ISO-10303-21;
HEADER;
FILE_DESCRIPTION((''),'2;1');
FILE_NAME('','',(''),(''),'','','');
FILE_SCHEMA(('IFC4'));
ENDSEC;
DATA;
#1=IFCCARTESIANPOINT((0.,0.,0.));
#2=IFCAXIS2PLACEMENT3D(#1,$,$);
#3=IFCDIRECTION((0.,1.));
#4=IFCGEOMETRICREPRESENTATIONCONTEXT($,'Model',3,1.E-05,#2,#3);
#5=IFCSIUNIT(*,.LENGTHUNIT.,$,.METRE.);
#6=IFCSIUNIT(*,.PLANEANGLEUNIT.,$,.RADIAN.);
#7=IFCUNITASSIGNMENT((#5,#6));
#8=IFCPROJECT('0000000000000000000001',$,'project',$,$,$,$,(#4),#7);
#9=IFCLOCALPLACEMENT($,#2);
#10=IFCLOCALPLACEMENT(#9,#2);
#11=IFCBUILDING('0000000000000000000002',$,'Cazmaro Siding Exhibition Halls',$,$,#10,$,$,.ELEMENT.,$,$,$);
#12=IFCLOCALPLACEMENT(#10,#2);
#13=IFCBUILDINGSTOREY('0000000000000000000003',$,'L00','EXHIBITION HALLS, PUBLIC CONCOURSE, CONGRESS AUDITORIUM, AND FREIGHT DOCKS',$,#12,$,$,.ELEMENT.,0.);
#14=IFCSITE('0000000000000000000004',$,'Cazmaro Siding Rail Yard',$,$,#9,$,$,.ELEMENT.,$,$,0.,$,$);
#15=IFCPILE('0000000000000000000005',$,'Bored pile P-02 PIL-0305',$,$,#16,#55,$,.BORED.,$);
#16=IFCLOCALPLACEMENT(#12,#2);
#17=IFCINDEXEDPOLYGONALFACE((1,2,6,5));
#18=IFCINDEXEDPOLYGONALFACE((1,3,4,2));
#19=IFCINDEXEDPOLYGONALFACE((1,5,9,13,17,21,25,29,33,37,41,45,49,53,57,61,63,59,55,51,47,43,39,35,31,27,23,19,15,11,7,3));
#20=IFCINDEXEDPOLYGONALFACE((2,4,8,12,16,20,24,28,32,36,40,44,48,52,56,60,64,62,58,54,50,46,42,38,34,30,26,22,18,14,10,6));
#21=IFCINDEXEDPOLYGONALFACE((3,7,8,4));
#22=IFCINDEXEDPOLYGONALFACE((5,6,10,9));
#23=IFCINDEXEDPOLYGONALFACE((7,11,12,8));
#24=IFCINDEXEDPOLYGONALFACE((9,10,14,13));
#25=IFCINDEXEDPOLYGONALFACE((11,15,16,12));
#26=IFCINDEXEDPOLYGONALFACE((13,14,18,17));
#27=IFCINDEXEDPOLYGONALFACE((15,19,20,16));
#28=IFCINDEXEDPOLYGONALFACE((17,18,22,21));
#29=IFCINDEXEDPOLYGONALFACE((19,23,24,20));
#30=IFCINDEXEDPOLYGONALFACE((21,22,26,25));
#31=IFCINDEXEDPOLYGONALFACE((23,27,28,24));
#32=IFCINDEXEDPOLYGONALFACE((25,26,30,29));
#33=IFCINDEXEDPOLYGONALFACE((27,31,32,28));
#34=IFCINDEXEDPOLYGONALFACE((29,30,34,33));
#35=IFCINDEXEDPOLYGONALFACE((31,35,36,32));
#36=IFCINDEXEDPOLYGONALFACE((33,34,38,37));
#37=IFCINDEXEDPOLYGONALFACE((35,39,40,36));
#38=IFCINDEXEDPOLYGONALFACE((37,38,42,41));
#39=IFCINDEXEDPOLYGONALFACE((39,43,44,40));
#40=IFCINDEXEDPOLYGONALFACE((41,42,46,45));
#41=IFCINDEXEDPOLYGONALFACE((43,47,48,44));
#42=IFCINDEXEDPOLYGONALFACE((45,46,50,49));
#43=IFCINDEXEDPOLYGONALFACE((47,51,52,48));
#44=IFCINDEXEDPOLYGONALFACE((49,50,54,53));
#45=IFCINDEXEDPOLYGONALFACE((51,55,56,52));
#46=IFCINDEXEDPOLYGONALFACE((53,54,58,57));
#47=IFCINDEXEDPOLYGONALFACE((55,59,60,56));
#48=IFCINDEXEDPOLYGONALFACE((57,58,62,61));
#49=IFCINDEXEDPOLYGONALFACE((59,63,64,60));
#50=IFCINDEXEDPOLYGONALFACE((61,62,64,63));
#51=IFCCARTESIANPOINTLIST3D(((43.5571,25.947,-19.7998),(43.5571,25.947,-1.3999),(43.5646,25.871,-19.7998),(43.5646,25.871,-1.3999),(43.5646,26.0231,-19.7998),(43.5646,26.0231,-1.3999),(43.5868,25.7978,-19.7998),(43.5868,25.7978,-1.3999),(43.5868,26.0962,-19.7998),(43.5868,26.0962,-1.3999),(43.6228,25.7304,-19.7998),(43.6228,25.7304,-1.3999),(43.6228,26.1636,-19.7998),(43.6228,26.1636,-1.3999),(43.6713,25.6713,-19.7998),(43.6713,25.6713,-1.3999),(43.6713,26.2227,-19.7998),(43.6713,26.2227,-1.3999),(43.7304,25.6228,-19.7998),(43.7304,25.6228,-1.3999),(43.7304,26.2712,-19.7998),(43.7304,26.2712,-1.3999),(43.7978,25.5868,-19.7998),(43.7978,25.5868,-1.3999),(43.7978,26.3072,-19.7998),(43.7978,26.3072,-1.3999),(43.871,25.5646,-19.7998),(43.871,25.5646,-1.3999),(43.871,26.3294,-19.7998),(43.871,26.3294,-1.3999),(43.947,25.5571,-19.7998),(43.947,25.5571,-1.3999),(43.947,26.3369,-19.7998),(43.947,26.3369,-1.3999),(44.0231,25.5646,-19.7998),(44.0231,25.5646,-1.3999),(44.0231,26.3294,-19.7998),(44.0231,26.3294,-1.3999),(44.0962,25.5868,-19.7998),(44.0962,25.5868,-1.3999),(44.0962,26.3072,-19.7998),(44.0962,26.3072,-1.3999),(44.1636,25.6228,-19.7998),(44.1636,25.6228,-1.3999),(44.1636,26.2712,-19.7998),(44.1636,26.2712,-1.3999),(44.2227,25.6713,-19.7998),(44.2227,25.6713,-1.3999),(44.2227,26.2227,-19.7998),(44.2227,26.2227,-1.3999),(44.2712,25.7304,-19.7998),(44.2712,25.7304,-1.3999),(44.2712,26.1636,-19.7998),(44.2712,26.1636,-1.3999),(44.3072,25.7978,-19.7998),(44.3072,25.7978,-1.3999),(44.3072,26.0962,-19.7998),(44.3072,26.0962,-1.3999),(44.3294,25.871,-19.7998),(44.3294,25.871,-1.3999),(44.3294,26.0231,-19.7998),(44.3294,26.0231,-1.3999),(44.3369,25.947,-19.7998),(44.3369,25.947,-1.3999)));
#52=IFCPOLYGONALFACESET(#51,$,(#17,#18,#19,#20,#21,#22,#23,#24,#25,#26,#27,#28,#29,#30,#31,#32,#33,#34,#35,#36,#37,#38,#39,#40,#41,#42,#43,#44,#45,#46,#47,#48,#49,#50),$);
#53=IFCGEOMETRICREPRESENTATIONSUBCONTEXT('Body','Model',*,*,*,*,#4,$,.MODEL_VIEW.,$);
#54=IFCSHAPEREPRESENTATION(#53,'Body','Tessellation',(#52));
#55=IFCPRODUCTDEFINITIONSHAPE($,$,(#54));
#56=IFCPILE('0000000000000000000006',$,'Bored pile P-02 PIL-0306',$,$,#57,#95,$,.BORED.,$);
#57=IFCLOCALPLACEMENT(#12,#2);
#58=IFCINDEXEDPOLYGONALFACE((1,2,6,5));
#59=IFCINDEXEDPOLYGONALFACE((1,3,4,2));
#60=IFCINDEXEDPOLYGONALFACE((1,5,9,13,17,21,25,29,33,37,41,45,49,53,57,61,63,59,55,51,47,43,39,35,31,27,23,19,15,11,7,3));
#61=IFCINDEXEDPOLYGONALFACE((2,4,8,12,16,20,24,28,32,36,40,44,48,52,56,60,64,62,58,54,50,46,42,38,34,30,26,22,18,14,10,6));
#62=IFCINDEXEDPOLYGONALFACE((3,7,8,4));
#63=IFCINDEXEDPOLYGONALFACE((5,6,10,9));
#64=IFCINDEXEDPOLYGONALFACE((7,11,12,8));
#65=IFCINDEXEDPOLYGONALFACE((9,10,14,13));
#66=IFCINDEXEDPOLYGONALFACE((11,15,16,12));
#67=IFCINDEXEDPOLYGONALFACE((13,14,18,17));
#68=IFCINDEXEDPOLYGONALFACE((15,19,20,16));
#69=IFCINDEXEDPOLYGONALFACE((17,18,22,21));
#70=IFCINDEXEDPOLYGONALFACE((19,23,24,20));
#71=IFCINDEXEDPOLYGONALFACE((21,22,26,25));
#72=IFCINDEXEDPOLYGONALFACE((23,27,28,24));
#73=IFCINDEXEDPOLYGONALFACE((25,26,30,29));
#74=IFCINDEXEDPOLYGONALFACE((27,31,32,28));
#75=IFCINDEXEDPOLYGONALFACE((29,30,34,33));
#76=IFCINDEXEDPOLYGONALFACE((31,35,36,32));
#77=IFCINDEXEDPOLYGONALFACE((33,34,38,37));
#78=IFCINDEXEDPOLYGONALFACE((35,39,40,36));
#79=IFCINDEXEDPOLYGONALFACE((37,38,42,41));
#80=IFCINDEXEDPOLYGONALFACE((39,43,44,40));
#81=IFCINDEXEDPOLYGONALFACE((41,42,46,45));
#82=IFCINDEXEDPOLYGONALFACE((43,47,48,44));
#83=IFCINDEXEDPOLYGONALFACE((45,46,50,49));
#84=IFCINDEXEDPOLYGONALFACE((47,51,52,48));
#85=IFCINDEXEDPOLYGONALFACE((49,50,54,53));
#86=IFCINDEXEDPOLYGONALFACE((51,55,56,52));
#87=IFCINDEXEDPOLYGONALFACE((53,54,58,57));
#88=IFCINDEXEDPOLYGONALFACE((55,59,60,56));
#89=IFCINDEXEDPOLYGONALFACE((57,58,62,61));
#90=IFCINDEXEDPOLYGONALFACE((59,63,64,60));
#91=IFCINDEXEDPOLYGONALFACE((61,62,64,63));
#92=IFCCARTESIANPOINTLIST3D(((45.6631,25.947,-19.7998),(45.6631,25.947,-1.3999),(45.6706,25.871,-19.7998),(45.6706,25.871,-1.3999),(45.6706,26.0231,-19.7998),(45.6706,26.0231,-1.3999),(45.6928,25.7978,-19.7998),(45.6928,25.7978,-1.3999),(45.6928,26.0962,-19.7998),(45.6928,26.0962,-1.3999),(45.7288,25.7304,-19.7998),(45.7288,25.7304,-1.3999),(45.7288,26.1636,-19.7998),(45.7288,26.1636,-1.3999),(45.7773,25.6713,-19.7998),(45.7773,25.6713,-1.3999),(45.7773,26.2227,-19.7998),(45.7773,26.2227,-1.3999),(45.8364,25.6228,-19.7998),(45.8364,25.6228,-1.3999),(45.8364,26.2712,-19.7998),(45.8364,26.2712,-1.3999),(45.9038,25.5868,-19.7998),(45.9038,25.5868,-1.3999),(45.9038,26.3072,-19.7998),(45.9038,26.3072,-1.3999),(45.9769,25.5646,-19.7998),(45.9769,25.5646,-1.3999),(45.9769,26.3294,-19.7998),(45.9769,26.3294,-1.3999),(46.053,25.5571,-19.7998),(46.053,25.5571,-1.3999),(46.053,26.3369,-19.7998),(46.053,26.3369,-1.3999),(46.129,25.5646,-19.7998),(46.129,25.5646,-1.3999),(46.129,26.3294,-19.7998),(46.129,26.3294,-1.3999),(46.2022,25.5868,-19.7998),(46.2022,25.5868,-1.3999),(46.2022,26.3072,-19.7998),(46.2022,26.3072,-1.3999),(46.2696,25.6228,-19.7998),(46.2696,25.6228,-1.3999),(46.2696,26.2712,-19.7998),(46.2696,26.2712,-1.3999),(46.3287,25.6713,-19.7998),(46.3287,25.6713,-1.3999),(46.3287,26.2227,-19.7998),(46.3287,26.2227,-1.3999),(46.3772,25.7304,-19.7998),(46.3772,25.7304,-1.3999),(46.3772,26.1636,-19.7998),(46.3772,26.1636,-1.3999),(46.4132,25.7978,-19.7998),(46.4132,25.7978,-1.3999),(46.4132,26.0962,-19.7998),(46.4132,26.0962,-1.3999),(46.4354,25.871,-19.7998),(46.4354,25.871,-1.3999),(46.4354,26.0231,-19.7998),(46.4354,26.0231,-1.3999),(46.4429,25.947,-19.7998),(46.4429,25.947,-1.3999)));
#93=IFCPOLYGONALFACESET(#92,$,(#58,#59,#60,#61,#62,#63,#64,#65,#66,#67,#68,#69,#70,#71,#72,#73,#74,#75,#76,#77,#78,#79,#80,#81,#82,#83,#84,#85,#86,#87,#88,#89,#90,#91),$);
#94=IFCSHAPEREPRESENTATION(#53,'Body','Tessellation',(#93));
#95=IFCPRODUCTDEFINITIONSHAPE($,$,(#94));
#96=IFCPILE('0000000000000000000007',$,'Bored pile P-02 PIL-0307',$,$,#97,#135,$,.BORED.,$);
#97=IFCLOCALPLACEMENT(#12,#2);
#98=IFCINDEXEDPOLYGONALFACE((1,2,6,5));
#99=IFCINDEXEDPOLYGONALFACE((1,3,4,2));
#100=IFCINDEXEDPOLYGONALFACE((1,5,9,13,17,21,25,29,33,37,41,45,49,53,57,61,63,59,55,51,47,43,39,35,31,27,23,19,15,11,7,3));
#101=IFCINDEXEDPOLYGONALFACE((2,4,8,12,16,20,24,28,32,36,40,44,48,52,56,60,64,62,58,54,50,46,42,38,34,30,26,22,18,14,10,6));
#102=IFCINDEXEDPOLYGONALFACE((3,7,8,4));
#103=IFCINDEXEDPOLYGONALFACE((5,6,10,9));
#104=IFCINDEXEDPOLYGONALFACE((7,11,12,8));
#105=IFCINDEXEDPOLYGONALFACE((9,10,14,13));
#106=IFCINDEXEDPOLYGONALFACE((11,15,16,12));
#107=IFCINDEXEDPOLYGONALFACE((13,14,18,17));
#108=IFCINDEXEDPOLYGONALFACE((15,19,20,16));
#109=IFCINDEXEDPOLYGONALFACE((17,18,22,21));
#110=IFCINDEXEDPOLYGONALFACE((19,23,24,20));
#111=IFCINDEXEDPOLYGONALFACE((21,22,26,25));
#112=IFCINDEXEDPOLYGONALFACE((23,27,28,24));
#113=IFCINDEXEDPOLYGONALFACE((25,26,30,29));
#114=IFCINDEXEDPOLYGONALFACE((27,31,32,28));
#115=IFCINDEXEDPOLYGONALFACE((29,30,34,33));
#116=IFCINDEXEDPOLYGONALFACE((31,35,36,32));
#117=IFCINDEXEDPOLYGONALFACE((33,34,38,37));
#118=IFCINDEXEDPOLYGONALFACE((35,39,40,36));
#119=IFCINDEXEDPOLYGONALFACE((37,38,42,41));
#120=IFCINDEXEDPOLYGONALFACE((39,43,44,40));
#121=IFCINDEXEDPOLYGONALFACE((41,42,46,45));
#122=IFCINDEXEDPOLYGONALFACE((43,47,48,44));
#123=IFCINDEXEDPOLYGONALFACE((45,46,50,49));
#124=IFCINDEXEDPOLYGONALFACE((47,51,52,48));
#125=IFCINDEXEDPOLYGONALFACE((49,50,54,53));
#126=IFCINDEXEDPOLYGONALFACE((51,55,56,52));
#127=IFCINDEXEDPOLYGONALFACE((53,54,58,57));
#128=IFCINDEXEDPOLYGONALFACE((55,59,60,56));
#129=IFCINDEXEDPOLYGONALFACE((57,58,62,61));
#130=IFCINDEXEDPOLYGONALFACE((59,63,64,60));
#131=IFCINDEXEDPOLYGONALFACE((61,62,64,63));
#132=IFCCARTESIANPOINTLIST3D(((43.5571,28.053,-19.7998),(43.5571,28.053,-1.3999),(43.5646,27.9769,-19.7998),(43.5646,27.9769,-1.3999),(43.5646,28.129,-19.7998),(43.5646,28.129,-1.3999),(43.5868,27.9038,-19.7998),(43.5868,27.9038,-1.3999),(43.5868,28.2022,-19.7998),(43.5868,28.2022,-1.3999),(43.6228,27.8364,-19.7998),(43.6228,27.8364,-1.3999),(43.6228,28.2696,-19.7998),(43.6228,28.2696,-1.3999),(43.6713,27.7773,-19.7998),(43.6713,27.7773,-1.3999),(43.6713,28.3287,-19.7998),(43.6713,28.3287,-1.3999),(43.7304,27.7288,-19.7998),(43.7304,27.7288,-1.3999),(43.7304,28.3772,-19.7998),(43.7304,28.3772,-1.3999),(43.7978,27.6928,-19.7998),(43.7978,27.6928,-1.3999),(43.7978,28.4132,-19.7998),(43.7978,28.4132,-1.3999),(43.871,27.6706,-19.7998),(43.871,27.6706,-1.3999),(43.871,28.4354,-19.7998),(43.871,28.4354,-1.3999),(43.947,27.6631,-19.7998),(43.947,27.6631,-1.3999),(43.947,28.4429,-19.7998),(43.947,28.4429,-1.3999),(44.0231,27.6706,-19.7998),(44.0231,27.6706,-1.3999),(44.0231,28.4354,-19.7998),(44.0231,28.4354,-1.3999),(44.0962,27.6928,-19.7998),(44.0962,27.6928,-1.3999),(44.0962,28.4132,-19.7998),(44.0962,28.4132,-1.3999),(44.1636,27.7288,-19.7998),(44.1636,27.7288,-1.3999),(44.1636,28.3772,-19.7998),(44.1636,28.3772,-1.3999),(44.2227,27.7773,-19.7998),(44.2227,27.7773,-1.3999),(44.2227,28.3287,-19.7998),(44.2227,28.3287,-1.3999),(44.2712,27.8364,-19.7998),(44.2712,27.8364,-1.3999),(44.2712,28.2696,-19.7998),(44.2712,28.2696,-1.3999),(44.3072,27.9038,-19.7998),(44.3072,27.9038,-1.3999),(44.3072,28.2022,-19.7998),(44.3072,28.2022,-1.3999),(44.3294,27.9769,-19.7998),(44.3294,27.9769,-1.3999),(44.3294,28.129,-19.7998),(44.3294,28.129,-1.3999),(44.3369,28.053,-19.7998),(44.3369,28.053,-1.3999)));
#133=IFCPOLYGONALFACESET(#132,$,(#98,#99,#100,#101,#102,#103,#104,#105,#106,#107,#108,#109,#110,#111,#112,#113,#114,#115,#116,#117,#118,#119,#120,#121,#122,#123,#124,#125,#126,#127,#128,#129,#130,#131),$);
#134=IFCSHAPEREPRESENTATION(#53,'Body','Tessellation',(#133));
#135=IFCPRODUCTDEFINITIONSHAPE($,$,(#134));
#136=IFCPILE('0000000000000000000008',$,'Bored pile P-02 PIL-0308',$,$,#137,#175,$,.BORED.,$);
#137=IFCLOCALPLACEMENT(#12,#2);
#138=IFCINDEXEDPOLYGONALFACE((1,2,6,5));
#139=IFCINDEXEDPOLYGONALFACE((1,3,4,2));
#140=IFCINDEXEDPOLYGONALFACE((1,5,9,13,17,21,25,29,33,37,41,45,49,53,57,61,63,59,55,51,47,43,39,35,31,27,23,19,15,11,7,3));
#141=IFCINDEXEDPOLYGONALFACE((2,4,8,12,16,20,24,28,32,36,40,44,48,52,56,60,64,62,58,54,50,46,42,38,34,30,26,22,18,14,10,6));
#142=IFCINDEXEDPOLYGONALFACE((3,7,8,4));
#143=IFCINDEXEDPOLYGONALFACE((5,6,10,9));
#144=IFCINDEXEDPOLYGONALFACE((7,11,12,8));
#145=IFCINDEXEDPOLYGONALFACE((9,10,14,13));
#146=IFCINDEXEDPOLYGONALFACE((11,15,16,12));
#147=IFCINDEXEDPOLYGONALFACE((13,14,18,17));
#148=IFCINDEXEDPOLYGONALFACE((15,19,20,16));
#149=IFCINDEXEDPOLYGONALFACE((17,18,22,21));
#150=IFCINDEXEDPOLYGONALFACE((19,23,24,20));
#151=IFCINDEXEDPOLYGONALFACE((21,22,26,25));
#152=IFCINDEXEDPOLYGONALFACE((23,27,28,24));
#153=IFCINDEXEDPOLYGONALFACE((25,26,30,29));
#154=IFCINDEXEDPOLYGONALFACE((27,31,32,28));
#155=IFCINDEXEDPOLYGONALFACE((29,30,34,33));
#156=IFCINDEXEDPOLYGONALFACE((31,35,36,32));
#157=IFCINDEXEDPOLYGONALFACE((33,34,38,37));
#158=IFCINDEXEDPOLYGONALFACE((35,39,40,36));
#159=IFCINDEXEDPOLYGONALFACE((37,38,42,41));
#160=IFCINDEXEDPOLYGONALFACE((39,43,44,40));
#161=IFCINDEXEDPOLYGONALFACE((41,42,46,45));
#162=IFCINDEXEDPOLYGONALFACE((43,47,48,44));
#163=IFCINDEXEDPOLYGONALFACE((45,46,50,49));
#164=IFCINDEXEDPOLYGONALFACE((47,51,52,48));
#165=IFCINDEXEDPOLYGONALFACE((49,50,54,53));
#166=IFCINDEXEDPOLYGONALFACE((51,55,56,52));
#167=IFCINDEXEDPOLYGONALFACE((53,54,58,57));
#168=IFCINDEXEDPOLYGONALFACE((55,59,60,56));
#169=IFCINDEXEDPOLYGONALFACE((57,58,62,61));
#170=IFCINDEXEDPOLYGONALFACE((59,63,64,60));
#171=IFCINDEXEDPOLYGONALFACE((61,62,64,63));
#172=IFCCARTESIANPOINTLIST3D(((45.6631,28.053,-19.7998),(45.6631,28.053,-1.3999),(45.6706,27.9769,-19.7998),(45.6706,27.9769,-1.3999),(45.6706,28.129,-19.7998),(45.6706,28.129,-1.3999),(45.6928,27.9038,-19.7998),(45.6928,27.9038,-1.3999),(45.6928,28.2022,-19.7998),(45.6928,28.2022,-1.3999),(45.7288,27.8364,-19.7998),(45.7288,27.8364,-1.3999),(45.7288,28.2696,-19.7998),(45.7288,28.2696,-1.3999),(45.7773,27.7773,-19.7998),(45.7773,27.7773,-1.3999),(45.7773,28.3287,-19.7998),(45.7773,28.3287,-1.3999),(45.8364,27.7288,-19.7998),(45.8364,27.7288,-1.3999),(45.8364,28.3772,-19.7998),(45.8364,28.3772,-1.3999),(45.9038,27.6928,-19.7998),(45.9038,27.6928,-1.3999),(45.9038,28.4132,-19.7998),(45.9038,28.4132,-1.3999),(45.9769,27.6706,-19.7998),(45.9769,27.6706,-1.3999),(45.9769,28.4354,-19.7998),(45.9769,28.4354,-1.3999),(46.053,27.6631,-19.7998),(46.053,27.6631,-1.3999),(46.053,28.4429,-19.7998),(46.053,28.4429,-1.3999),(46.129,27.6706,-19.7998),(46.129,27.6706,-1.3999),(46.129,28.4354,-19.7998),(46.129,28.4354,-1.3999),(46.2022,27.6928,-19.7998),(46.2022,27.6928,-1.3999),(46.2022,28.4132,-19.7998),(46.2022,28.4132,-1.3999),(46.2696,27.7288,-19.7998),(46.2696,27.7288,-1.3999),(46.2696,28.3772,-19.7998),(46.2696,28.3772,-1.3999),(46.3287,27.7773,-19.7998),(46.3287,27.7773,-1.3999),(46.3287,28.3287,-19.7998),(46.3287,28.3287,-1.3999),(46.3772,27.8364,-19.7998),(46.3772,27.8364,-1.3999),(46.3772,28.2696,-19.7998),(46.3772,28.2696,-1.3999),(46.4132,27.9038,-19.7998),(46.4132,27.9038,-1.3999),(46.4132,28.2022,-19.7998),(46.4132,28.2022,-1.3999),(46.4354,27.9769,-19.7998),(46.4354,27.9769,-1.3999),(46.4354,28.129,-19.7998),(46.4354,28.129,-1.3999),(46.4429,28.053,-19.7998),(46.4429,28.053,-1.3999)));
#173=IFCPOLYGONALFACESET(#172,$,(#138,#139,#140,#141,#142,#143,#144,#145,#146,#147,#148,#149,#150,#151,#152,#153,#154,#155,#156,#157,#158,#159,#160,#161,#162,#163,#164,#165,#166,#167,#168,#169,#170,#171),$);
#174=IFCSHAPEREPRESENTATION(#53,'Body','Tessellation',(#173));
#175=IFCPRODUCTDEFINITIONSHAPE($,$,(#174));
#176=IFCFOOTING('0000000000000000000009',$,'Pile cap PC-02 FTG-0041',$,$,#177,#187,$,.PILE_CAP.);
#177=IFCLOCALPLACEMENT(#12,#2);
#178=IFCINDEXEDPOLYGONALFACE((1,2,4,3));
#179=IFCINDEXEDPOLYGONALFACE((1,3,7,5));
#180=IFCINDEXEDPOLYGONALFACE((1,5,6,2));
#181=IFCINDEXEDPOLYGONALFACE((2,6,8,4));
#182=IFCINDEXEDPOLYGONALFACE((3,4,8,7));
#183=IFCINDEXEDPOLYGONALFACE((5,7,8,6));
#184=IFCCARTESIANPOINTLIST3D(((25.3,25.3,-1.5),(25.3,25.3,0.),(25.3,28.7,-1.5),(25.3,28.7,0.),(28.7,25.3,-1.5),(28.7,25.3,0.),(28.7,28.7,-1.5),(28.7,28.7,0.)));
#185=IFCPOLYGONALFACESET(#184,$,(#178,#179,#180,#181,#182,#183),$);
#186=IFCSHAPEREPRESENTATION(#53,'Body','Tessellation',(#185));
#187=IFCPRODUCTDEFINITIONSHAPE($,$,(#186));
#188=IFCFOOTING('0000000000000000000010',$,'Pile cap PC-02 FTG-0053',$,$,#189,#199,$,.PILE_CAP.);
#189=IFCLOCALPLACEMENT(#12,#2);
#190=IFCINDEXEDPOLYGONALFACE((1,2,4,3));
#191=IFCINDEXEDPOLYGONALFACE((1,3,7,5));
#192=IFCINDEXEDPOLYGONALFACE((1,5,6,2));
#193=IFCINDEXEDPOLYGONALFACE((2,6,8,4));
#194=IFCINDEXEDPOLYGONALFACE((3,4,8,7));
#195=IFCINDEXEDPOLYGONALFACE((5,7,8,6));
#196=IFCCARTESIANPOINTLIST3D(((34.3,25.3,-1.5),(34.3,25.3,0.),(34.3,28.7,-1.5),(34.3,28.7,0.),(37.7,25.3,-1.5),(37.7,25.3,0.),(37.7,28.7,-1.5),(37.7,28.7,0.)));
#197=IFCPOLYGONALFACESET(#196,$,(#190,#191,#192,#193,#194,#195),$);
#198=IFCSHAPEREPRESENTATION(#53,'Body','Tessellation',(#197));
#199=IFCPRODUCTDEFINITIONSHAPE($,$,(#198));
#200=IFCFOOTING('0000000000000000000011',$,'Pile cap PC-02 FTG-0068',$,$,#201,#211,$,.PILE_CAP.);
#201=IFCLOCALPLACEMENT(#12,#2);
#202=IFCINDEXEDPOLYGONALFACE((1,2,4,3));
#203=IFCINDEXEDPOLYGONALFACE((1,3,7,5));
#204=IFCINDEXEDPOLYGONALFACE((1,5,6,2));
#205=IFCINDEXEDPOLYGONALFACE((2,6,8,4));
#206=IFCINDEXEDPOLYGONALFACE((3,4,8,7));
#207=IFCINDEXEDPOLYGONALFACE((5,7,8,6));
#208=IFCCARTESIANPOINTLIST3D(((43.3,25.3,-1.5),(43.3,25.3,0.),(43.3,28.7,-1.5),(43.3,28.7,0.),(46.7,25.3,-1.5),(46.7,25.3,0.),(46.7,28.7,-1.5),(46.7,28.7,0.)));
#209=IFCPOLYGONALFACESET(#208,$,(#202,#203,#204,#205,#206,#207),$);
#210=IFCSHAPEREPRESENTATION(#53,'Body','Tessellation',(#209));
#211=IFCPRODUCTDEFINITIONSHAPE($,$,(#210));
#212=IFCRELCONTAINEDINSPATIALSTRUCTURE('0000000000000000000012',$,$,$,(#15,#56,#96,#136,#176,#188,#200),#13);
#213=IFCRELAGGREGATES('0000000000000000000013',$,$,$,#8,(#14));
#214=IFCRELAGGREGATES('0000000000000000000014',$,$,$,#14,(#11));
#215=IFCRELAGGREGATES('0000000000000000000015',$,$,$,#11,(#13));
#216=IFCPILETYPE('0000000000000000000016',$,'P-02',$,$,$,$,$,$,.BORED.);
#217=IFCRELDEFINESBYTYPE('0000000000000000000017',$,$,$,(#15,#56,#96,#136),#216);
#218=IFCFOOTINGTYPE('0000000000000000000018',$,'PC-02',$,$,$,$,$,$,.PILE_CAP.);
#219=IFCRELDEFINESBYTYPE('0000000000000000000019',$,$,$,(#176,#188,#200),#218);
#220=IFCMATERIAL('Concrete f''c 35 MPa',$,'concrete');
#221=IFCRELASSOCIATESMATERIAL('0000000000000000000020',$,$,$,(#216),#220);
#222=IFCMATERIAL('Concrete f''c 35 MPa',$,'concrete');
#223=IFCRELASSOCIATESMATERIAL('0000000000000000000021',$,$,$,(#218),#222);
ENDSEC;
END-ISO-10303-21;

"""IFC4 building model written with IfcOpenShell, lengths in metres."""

from ifc_helpers import new_model, si_unit, direction, frame, origin, origin_2d, place, context, subcontext, project, spatial, rectangle, circle, extrude, material, material_profile, profile_set, type_object, element, save


model = new_model("IFC4")

# Units and contexts
model_context = context("Model", 3, precision=1e-05, world=origin(), true_north=direction((0.0, 1.0)))
body_context = subcontext(model_context, "Body", "Model", "MODEL_VIEW")
ifc_project = project(units=[si_unit("LENGTHUNIT", "METRE"), si_unit("PLANEANGLEUNIT", "RADIAN")], contexts=[model_context])

# Site, building, storey
site_placement = place(None, origin())
site = spatial("IfcSite", under=ifc_project, at=site_placement, Name="Cazmaro Siding Rail Yard", CompositionType="ELEMENT", RefElevation=0.0)
building_placement = place(site_placement, origin())
building = spatial("IfcBuilding", under=site, at=building_placement, Name="Cazmaro Siding Exhibition Halls", CompositionType="ELEMENT")
storey_placement = place(building_placement, origin())
storey = spatial("IfcBuildingStorey", under=building, at=storey_placement, Name="L00", Description="EXHIBITION HALLS, PUBLIC CONCOURSE, CONGRESS AUDITORIUM, AND FREIGHT DOCKS", CompositionType="ELEMENT", Elevation=0.0)

# Piles
ifc_material_1 = material(Name="Concrete f'c 35 MPa", Category="concrete")
ifc_material_profile_1 = material_profile(ifc_material_1, circle(Radius=0.3899, at=origin_2d()), Name="CIDH-780")
ifc_profile_set_1 = profile_set([ifc_material_profile_1], Name="Concrete f'c 35 MPa")
pile_type = type_object("IfcPileType", Name="P-02", PredefinedType="BORED", material=ifc_profile_set_1)
for number, where, z_axis, x_axis, name in (
    (1, (43.947, 25.947, -1.3999), (0.0, 0.0, -1.0), (1.0, 0.0, 0.0), "Bored pile P-02 PIL-0305"),
    (2, (46.053, 25.947, -1.3999), (0.0, 0.0, -1.0), (1.0, 0.0, 0.0), "Bored pile P-02 PIL-0306"),
    (3, (43.947, 28.053, -1.3999), (0.0, 0.0, -1.0), (1.0, 0.0, 0.0), "Bored pile P-02 PIL-0307"),
    (4, (46.053, 28.053, -1.3999), (0.0, 0.0, -1.0), (1.0, 0.0, 0.0), "Bored pile P-02 PIL-0308"),
):
    element("IfcPile", number, at=place(storey_placement, frame(where, z_axis=z_axis, x_axis=x_axis)), inside=storey, type_object=pile_type, Name=name, PredefinedType="BORED", context=body_context, shape_type="SweptSolid", body=[
        extrude(circle(Radius=0.3899, at=origin_2d()), origin(), (0.0, 0.0, 1.0), 18.3999),
    ])

# Footings
ifc_material_2 = material(Name="Concrete f'c 35 MPa", Category="concrete")
footing_type = type_object("IfcFootingType", Name="PC-02", PredefinedType="PILE_CAP", material=ifc_material_2)
for number, where, z_axis, x_axis, name in (
    (5, (27.0, 27.0, -1.5), (0.0, 0.0, 1.0), (1.0, 0.0, 0.0), "Pile cap PC-02 FTG-0041"),
    (6, (36.0, 27.0, -1.5), (0.0, 0.0, 1.0), (1.0, 0.0, 0.0), "Pile cap PC-02 FTG-0053"),
    (7, (45.0, 27.0, -1.5), (0.0, 0.0, 1.0), (1.0, 0.0, 0.0), "Pile cap PC-02 FTG-0068"),
):
    element("IfcFooting", number, at=place(storey_placement, frame(where, z_axis=z_axis, x_axis=x_axis)), inside=storey, type_object=footing_type, Name=name, PredefinedType="PILE_CAP", context=body_context, shape_type="SweptSolid", body=[
        extrude(rectangle(XDim=3.3999, YDim=3.3999, at=origin_2d()), origin(), (0.0, 0.0, 1.0), 1.5),
    ])

save(model, "model.ifc")
